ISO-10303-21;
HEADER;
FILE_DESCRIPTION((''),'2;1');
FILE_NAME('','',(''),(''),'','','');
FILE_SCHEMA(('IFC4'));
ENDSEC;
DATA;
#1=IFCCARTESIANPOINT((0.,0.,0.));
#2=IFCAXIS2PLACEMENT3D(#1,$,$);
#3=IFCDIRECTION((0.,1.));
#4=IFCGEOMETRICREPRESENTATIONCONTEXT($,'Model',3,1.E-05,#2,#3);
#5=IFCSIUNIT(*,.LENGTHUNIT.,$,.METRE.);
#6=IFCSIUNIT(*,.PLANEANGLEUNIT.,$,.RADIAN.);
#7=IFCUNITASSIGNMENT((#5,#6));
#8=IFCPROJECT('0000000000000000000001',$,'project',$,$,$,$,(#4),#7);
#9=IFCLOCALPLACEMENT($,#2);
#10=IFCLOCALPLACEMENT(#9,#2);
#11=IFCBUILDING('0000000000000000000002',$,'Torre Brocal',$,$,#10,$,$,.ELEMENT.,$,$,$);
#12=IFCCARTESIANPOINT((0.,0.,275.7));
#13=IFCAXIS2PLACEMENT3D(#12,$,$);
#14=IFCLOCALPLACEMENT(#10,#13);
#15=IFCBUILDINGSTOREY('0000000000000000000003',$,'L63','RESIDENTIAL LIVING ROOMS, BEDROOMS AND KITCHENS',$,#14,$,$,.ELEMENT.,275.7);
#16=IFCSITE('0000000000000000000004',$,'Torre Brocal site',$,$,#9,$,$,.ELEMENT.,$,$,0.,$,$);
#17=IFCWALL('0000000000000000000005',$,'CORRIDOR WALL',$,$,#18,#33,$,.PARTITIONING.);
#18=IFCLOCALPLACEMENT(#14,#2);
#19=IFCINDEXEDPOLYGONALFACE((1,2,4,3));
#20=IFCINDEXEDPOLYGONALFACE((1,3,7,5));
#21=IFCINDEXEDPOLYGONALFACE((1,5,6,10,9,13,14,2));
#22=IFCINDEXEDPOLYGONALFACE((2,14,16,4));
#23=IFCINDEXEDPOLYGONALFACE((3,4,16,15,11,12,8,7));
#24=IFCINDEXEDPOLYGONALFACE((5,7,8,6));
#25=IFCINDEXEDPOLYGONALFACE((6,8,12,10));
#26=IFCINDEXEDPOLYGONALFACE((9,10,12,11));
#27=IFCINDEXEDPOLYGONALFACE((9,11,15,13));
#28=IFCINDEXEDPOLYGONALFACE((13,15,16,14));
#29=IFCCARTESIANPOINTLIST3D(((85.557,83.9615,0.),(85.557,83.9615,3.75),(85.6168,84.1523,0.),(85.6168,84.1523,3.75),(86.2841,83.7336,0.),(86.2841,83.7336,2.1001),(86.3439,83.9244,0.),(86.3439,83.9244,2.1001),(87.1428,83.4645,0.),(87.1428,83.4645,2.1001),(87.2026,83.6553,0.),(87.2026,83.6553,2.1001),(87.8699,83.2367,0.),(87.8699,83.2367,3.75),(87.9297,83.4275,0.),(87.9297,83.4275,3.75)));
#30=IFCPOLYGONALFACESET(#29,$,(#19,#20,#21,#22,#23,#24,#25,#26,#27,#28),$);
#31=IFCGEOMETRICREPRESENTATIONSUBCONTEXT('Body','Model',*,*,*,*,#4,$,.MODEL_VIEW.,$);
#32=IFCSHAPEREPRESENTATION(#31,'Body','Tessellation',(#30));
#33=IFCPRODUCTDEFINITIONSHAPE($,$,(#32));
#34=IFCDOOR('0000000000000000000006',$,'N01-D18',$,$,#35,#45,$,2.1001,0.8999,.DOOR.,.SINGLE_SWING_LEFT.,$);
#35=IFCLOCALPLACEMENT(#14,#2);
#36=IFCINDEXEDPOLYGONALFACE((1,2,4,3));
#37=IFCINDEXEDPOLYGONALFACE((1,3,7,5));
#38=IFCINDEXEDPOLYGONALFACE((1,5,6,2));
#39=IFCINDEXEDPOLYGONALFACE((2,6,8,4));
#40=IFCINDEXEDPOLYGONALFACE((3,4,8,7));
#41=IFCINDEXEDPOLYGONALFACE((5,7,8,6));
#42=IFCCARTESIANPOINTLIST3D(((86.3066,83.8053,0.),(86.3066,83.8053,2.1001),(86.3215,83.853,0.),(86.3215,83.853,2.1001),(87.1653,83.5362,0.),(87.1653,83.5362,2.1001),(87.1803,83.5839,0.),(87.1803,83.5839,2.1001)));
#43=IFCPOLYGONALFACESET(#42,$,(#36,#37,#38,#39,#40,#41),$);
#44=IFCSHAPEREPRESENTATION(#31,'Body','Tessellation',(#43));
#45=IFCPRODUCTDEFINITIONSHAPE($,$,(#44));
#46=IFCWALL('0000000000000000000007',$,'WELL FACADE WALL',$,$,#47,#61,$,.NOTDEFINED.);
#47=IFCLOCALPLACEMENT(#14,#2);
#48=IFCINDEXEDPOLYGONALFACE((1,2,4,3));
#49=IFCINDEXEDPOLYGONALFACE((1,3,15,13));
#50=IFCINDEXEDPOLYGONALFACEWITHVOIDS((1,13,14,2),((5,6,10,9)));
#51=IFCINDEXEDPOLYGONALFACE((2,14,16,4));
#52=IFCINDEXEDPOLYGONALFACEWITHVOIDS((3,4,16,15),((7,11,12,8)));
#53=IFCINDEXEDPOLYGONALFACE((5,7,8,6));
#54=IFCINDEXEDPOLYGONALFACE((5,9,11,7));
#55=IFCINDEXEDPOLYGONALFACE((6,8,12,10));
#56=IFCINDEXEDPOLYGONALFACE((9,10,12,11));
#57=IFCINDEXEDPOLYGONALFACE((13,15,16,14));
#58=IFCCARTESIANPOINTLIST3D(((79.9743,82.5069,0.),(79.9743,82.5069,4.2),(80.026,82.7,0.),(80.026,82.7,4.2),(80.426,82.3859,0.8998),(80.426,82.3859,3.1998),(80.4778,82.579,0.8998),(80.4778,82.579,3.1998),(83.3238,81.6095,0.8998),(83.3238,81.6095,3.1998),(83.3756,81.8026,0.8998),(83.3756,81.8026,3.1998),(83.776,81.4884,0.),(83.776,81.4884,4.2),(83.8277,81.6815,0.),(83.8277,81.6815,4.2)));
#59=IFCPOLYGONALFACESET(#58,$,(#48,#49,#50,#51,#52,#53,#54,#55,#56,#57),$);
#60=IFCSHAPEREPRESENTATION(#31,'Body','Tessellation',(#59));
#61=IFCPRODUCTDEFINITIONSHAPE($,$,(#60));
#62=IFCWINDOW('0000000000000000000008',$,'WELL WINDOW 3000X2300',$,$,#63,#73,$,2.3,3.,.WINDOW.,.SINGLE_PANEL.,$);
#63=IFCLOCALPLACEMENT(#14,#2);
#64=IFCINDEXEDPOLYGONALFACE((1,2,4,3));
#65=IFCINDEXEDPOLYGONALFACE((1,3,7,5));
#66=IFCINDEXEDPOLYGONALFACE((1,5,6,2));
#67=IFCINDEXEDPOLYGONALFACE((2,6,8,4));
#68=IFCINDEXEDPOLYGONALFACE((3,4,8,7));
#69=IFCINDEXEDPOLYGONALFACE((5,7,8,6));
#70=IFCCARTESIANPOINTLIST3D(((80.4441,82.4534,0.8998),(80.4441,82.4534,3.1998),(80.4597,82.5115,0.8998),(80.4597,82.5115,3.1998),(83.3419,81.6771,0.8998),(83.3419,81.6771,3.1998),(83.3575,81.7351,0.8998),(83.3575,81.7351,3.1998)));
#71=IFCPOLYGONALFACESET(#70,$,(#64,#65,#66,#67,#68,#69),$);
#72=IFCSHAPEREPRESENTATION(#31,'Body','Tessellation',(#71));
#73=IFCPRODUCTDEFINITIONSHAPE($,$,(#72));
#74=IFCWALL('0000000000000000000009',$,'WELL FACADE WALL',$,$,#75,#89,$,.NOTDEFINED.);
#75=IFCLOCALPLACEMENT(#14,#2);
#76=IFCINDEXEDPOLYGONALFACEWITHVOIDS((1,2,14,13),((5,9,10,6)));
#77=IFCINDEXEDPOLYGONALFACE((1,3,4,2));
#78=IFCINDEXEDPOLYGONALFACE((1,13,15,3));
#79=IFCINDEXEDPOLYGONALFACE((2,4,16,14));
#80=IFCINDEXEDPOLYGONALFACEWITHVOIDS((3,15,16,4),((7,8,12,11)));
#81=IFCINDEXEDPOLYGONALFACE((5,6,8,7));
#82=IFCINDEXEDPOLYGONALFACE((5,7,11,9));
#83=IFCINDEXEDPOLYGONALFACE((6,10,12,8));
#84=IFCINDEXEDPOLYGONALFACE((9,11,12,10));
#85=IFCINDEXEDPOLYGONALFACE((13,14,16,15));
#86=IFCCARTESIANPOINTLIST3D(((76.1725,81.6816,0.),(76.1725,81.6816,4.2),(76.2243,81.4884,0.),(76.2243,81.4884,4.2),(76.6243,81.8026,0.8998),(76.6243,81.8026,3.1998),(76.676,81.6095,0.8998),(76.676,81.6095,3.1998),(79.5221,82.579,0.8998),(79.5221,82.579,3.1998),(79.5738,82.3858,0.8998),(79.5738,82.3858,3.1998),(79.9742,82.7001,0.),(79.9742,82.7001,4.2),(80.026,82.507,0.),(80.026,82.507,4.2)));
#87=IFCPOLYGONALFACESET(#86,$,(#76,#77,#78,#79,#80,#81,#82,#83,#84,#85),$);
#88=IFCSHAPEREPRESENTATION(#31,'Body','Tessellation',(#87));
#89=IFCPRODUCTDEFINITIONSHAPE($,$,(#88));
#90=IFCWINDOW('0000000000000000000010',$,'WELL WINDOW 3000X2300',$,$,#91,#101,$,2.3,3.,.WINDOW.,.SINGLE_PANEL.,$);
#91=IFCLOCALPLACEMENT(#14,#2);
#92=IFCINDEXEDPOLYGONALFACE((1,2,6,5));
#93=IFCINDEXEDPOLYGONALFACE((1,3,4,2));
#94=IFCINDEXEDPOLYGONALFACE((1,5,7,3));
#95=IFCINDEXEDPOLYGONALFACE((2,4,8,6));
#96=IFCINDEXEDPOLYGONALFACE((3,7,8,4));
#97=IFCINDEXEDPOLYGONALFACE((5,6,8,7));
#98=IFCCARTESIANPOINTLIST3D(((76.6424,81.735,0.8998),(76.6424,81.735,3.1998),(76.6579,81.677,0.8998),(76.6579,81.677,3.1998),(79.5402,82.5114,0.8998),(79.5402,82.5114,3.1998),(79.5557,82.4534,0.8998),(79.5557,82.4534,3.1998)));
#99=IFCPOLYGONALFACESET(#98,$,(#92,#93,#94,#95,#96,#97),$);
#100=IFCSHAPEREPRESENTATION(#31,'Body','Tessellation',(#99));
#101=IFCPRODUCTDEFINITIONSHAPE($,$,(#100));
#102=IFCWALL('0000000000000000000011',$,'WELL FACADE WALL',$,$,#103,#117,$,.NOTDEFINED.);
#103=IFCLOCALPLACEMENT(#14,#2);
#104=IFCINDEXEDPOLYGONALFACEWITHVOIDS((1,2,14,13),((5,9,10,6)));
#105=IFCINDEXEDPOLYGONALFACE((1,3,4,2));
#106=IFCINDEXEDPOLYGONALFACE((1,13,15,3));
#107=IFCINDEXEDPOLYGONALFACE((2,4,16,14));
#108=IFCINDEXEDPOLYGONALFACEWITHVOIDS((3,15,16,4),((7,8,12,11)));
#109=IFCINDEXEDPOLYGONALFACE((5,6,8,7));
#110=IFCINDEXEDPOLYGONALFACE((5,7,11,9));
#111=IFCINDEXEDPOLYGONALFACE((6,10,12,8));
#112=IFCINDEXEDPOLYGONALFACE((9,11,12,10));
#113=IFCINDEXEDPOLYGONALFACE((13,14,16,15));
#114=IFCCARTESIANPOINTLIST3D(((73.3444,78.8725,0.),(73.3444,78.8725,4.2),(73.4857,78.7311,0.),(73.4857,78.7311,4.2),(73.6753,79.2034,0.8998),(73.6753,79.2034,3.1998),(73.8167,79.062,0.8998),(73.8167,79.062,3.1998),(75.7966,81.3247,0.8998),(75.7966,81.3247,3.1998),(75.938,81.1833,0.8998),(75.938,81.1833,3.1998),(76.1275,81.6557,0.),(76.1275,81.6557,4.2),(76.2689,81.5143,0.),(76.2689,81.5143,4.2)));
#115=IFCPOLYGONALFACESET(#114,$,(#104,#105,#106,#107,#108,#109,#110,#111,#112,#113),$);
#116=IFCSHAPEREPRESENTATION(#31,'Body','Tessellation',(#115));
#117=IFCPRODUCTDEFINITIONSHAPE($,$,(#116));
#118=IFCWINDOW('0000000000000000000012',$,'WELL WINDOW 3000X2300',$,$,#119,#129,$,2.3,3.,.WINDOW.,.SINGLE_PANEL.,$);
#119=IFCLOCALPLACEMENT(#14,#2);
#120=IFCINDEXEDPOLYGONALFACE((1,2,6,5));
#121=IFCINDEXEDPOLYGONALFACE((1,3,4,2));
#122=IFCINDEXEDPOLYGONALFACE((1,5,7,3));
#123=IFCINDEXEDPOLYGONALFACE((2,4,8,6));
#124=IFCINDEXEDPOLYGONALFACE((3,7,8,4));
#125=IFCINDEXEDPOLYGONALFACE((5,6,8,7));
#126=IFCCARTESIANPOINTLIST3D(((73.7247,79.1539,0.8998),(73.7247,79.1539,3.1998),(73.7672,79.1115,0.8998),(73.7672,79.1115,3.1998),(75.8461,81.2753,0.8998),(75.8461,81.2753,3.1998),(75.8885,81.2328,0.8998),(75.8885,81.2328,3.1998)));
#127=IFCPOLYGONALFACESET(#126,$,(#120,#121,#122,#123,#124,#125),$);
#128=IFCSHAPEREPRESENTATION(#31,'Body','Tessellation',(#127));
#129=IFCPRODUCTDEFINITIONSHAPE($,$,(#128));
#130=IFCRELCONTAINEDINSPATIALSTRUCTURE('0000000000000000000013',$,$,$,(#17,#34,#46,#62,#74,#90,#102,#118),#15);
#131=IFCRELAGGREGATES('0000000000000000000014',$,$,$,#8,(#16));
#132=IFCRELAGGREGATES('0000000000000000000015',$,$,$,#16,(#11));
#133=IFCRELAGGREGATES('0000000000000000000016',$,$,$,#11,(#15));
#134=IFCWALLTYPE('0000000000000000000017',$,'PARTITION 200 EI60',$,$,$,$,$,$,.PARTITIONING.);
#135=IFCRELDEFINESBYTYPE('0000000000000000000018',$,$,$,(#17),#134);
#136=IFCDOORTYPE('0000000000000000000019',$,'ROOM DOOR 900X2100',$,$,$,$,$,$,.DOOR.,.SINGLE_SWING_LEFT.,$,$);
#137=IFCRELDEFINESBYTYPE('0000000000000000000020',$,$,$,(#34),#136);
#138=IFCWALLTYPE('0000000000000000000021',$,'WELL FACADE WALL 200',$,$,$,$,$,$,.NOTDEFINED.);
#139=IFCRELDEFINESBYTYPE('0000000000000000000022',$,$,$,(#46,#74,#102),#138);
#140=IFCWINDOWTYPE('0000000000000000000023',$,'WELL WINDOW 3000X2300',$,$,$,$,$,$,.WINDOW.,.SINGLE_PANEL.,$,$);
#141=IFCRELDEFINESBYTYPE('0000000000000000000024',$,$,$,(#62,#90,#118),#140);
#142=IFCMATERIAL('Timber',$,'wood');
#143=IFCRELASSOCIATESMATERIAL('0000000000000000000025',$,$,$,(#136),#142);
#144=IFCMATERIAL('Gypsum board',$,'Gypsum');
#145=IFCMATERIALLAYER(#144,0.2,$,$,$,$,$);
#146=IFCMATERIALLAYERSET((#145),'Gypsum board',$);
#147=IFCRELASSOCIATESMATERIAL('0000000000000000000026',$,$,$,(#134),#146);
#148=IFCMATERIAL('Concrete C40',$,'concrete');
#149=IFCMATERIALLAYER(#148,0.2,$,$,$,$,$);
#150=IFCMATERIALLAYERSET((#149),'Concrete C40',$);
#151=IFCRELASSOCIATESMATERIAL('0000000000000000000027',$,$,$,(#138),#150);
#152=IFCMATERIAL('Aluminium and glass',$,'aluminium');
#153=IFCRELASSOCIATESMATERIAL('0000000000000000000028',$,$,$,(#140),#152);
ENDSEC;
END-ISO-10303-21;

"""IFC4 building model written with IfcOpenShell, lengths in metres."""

from ifc_helpers import new_model, si_unit, direction, frame, frame_2d, origin, place, context, subcontext, project, spatial, rectangle, extrude, material, layer, layer_set, type_object, element, fill, save


model = new_model("IFC4")

# Units and contexts
model_context = context("Model", 3, precision=1e-05, world=origin(), true_north=direction((0.0, 1.0)))
body_context = subcontext(model_context, "Body", "Model", "MODEL_VIEW")
ifc_project = project(units=[si_unit("LENGTHUNIT", "METRE"), si_unit("PLANEANGLEUNIT", "RADIAN")], contexts=[model_context])

# Site, building, storey
site_placement = place(None, origin())
site = spatial("IfcSite", under=ifc_project, at=site_placement, Name="Torre Brocal site", CompositionType="ELEMENT", RefElevation=0.0)
building_placement = place(site_placement, origin())
building = spatial("IfcBuilding", under=site, at=building_placement, Name="Torre Brocal", CompositionType="ELEMENT")
storey_placement = place(building_placement, frame((0.0, 0.0, 275.7)))
storey = spatial("IfcBuildingStorey", under=building, at=storey_placement, Name="L63", Description="RESIDENTIAL LIVING ROOMS, BEDROOMS AND KITCHENS", CompositionType="ELEMENT", Elevation=275.7)

# Shared definitions
ifc_material_1 = material(Name="Timber", Category="wood")
door_type_1 = type_object("IfcDoorType", Name="ROOM DOOR 900X2100", OperationType="SINGLE_SWING_LEFT", PredefinedType="DOOR", material=ifc_material_1)

# Shared definitions
ifc_material_2 = material(Name="Gypsum board", Category="Gypsum")
ifc_layer_1 = layer(ifc_material_2, 0.2)
ifc_layer_set_1 = layer_set([ifc_layer_1], Name="Gypsum board")
wall_type_1 = type_object("IfcWallType", Name="PARTITION 200 EI60", PredefinedType="PARTITIONING", material=ifc_layer_set_1)

# Wall, opening, door
wall_1_placement = place(storey_placement, frame((85.5869, 84.0569, 0.0), z_axis=(0.0, 0.0, 1.0), x_axis=(0.95424, -0.299043, 0.0)))
wall_1 = element("IfcWall", 1, at=wall_1_placement, inside=storey, type_object=wall_type_1, Name="CORRIDOR WALL", PredefinedType="PARTITIONING", context=body_context, shape_type="SweptSolid", body=[
    extrude(rectangle(XDim=2.4238, YDim=0.2, at=frame_2d((1.2119, 0.0))), origin(), (0.0, 0.0, 1.0), 3.75),
])
opening_1_placement = place(wall_1_placement, frame((0.762, 0.0, 0.0)))
opening_1 = element("IfcOpeningElement", 2, at=opening_1_placement, cuts=wall_1, PredefinedType="OPENING", context=body_context, shape_type="SweptSolid", body=[
    extrude(rectangle(XDim=0.8999, YDim=2.1001, at=frame_2d((0.45, 1.05))), frame((0.0, 0.1099, 0.0), z_axis=(0.0, -1.0, 0.0), x_axis=(1.0, 0.0, 0.0)), (0.0, 0.0, 1.0), 0.22),
])
door_1_placement = place(opening_1_placement, frame((0.8999, 0.0, 0.0), z_axis=(0.0, 0.0, 1.0), x_axis=(-1.0, 0.0, 0.0)))
door_1 = element("IfcDoor", 3, at=door_1_placement, inside=storey, type_object=door_type_1, Name="N01-D18", OperationType="SINGLE_SWING_LEFT", OverallHeight=2.1001, OverallWidth=0.8999, PredefinedType="DOOR", context=body_context, shape_type="SweptSolid", body=[
    extrude(rectangle(XDim=0.8999, YDim=2.1001, at=frame_2d((0.45, 1.05))), frame((0.0, 0.0249, 0.0), z_axis=(0.0, -1.0, 0.0), x_axis=(1.0, 0.0, 0.0)), (0.0, 0.0, 1.0), 0.05),
])
fill(opening_1, door_1)

# Walls, openings, windows
ifc_material_3 = material(Name="Concrete C40", Category="concrete")
ifc_layer_2 = layer(ifc_material_3, 0.2)
ifc_layer_set_2 = layer_set([ifc_layer_2], Name="Concrete C40")
wall_type_2 = type_object("IfcWallType", Name="WELL FACADE WALL 200", PredefinedType="NOTDEFINED", material=ifc_layer_set_2)
wall_2_placement = place(storey_placement, frame((83.8018, 81.585, 0.0), z_axis=(0.0, 0.0, 1.0), x_axis=(-0.965934, 0.25879, 0.0)))
wall_2 = element("IfcWall", 4, at=wall_2_placement, inside=storey, type_object=wall_type_2, Name="WELL FACADE WALL", PredefinedType="NOTDEFINED", context=body_context, shape_type="SweptSolid", body=[
    extrude(rectangle(XDim=3.9358, YDim=0.2, at=frame_2d((1.9678, 0.0))), origin(), (0.0, 0.0, 1.0), 4.2),
])
opening_2_placement = place(wall_2_placement, frame((0.468, 0.0, 0.8999)))
opening_2 = element("IfcOpeningElement", 5, at=opening_2_placement, cuts=wall_2, PredefinedType="OPENING", context=body_context, shape_type="SweptSolid", body=[
    extrude(rectangle(XDim=3.0, YDim=2.3, at=frame_2d((1.5, 1.1499))), frame((0.0, 0.1099, 0.0), z_axis=(0.0, -1.0, 0.0), x_axis=(1.0, 0.0, 0.0)), (0.0, 0.0, 1.0), 0.22),
])
ifc_material_4 = material(Name="Aluminium and glass", Category="aluminium")
window_type = type_object("IfcWindowType", Name="WELL WINDOW 3000X2300", PartitioningType="SINGLE_PANEL", PredefinedType="WINDOW", material=ifc_material_4)
window_1_placement = place(opening_2_placement, origin())
window_1 = element("IfcWindow", 6, at=window_1_placement, inside=storey, type_object=window_type, Name="WELL WINDOW 3000X2300", OverallHeight=2.3, OverallWidth=3.0, PartitioningType="SINGLE_PANEL", PredefinedType="WINDOW", context=body_context, shape_type="SweptSolid", body=[
    extrude(rectangle(XDim=3.0, YDim=2.3, at=frame_2d((1.5, 1.1499))), frame((0.0, 0.03, 0.0), z_axis=(0.0, -1.0, 0.0), x_axis=(1.0, 0.0, 0.0)), (0.0, 0.0, 1.0), 0.0601),
])
fill(opening_2, window_1)
wall_3_placement = place(storey_placement, frame((80.0, 82.6035, 0.0), z_axis=(0.0, 0.0, 1.0), x_axis=(-0.965934, -0.25879, 0.0)))
wall_3 = element("IfcWall", 7, at=wall_3_placement, inside=storey, type_object=wall_type_2, Name="WELL FACADE WALL", PredefinedType="NOTDEFINED", context=body_context, shape_type="SweptSolid", body=[
    extrude(rectangle(XDim=3.9358, YDim=0.2, at=frame_2d((1.9678, 0.0))), origin(), (0.0, 0.0, 1.0), 4.2),
])
opening_3_placement = place(wall_3_placement, frame((0.468, 0.0, 0.8999)))
opening_3 = element("IfcOpeningElement", 8, at=opening_3_placement, cuts=wall_3, PredefinedType="OPENING", context=body_context, shape_type="SweptSolid", body=[
    extrude(rectangle(XDim=3.0, YDim=2.3, at=frame_2d((1.5, 1.1499))), frame((0.0, 0.1099, 0.0), z_axis=(0.0, -1.0, 0.0), x_axis=(1.0, 0.0, 0.0)), (0.0, 0.0, 1.0), 0.22),
])
window_2_placement = place(opening_3_placement, origin())
window_2 = element("IfcWindow", 9, at=window_2_placement, inside=storey, type_object=window_type, Name="WELL WINDOW 3000X2300", OverallHeight=2.3, OverallWidth=3.0, PartitioningType="SINGLE_PANEL", PredefinedType="WINDOW", context=body_context, shape_type="SweptSolid", body=[
    extrude(rectangle(XDim=3.0, YDim=2.3, at=frame_2d((1.5, 1.1499))), frame((0.0, 0.03, 0.0), z_axis=(0.0, -1.0, 0.0), x_axis=(1.0, 0.0, 0.0)), (0.0, 0.0, 1.0), 0.0601),
])
fill(opening_3, window_2)
wall_4_placement = place(storey_placement, frame((76.1982, 81.585, 0.0), z_axis=(0.0, 0.0, 1.0), x_axis=(-0.707107, -0.707107, 0.0)))
wall_4 = element("IfcWall", 10, at=wall_4_placement, inside=storey, type_object=wall_type_2, Name="WELL FACADE WALL", PredefinedType="NOTDEFINED", context=body_context, shape_type="SweptSolid", body=[
    extrude(rectangle(XDim=3.936, YDim=0.2, at=frame_2d((1.968, 0.0))), origin(), (0.0, 0.0, 1.0), 4.2),
])
opening_4_placement = place(wall_4_placement, frame((0.468, 0.0, 0.8999)))
opening_4 = element("IfcOpeningElement", 11, at=opening_4_placement, cuts=wall_4, PredefinedType="OPENING", context=body_context, shape_type="SweptSolid", body=[
    extrude(rectangle(XDim=3.0, YDim=2.3, at=frame_2d((1.5, 1.1499))), frame((0.0, 0.1099, 0.0), z_axis=(0.0, -1.0, 0.0), x_axis=(1.0, 0.0, 0.0)), (0.0, 0.0, 1.0), 0.22),
])
window_3_placement = place(opening_4_placement, origin())
window_3 = element("IfcWindow", 12, at=window_3_placement, inside=storey, type_object=window_type, Name="WELL WINDOW 3000X2300", OverallHeight=2.3, OverallWidth=3.0, PartitioningType="SINGLE_PANEL", PredefinedType="WINDOW", context=body_context, shape_type="SweptSolid", body=[
    extrude(rectangle(XDim=3.0, YDim=2.3, at=frame_2d((1.5, 1.1499))), frame((0.0, 0.03, 0.0), z_axis=(0.0, -1.0, 0.0), x_axis=(1.0, 0.0, 0.0)), (0.0, 0.0, 1.0), 0.0601),
])
fill(opening_4, window_3)

save(model, "model.ifc")
